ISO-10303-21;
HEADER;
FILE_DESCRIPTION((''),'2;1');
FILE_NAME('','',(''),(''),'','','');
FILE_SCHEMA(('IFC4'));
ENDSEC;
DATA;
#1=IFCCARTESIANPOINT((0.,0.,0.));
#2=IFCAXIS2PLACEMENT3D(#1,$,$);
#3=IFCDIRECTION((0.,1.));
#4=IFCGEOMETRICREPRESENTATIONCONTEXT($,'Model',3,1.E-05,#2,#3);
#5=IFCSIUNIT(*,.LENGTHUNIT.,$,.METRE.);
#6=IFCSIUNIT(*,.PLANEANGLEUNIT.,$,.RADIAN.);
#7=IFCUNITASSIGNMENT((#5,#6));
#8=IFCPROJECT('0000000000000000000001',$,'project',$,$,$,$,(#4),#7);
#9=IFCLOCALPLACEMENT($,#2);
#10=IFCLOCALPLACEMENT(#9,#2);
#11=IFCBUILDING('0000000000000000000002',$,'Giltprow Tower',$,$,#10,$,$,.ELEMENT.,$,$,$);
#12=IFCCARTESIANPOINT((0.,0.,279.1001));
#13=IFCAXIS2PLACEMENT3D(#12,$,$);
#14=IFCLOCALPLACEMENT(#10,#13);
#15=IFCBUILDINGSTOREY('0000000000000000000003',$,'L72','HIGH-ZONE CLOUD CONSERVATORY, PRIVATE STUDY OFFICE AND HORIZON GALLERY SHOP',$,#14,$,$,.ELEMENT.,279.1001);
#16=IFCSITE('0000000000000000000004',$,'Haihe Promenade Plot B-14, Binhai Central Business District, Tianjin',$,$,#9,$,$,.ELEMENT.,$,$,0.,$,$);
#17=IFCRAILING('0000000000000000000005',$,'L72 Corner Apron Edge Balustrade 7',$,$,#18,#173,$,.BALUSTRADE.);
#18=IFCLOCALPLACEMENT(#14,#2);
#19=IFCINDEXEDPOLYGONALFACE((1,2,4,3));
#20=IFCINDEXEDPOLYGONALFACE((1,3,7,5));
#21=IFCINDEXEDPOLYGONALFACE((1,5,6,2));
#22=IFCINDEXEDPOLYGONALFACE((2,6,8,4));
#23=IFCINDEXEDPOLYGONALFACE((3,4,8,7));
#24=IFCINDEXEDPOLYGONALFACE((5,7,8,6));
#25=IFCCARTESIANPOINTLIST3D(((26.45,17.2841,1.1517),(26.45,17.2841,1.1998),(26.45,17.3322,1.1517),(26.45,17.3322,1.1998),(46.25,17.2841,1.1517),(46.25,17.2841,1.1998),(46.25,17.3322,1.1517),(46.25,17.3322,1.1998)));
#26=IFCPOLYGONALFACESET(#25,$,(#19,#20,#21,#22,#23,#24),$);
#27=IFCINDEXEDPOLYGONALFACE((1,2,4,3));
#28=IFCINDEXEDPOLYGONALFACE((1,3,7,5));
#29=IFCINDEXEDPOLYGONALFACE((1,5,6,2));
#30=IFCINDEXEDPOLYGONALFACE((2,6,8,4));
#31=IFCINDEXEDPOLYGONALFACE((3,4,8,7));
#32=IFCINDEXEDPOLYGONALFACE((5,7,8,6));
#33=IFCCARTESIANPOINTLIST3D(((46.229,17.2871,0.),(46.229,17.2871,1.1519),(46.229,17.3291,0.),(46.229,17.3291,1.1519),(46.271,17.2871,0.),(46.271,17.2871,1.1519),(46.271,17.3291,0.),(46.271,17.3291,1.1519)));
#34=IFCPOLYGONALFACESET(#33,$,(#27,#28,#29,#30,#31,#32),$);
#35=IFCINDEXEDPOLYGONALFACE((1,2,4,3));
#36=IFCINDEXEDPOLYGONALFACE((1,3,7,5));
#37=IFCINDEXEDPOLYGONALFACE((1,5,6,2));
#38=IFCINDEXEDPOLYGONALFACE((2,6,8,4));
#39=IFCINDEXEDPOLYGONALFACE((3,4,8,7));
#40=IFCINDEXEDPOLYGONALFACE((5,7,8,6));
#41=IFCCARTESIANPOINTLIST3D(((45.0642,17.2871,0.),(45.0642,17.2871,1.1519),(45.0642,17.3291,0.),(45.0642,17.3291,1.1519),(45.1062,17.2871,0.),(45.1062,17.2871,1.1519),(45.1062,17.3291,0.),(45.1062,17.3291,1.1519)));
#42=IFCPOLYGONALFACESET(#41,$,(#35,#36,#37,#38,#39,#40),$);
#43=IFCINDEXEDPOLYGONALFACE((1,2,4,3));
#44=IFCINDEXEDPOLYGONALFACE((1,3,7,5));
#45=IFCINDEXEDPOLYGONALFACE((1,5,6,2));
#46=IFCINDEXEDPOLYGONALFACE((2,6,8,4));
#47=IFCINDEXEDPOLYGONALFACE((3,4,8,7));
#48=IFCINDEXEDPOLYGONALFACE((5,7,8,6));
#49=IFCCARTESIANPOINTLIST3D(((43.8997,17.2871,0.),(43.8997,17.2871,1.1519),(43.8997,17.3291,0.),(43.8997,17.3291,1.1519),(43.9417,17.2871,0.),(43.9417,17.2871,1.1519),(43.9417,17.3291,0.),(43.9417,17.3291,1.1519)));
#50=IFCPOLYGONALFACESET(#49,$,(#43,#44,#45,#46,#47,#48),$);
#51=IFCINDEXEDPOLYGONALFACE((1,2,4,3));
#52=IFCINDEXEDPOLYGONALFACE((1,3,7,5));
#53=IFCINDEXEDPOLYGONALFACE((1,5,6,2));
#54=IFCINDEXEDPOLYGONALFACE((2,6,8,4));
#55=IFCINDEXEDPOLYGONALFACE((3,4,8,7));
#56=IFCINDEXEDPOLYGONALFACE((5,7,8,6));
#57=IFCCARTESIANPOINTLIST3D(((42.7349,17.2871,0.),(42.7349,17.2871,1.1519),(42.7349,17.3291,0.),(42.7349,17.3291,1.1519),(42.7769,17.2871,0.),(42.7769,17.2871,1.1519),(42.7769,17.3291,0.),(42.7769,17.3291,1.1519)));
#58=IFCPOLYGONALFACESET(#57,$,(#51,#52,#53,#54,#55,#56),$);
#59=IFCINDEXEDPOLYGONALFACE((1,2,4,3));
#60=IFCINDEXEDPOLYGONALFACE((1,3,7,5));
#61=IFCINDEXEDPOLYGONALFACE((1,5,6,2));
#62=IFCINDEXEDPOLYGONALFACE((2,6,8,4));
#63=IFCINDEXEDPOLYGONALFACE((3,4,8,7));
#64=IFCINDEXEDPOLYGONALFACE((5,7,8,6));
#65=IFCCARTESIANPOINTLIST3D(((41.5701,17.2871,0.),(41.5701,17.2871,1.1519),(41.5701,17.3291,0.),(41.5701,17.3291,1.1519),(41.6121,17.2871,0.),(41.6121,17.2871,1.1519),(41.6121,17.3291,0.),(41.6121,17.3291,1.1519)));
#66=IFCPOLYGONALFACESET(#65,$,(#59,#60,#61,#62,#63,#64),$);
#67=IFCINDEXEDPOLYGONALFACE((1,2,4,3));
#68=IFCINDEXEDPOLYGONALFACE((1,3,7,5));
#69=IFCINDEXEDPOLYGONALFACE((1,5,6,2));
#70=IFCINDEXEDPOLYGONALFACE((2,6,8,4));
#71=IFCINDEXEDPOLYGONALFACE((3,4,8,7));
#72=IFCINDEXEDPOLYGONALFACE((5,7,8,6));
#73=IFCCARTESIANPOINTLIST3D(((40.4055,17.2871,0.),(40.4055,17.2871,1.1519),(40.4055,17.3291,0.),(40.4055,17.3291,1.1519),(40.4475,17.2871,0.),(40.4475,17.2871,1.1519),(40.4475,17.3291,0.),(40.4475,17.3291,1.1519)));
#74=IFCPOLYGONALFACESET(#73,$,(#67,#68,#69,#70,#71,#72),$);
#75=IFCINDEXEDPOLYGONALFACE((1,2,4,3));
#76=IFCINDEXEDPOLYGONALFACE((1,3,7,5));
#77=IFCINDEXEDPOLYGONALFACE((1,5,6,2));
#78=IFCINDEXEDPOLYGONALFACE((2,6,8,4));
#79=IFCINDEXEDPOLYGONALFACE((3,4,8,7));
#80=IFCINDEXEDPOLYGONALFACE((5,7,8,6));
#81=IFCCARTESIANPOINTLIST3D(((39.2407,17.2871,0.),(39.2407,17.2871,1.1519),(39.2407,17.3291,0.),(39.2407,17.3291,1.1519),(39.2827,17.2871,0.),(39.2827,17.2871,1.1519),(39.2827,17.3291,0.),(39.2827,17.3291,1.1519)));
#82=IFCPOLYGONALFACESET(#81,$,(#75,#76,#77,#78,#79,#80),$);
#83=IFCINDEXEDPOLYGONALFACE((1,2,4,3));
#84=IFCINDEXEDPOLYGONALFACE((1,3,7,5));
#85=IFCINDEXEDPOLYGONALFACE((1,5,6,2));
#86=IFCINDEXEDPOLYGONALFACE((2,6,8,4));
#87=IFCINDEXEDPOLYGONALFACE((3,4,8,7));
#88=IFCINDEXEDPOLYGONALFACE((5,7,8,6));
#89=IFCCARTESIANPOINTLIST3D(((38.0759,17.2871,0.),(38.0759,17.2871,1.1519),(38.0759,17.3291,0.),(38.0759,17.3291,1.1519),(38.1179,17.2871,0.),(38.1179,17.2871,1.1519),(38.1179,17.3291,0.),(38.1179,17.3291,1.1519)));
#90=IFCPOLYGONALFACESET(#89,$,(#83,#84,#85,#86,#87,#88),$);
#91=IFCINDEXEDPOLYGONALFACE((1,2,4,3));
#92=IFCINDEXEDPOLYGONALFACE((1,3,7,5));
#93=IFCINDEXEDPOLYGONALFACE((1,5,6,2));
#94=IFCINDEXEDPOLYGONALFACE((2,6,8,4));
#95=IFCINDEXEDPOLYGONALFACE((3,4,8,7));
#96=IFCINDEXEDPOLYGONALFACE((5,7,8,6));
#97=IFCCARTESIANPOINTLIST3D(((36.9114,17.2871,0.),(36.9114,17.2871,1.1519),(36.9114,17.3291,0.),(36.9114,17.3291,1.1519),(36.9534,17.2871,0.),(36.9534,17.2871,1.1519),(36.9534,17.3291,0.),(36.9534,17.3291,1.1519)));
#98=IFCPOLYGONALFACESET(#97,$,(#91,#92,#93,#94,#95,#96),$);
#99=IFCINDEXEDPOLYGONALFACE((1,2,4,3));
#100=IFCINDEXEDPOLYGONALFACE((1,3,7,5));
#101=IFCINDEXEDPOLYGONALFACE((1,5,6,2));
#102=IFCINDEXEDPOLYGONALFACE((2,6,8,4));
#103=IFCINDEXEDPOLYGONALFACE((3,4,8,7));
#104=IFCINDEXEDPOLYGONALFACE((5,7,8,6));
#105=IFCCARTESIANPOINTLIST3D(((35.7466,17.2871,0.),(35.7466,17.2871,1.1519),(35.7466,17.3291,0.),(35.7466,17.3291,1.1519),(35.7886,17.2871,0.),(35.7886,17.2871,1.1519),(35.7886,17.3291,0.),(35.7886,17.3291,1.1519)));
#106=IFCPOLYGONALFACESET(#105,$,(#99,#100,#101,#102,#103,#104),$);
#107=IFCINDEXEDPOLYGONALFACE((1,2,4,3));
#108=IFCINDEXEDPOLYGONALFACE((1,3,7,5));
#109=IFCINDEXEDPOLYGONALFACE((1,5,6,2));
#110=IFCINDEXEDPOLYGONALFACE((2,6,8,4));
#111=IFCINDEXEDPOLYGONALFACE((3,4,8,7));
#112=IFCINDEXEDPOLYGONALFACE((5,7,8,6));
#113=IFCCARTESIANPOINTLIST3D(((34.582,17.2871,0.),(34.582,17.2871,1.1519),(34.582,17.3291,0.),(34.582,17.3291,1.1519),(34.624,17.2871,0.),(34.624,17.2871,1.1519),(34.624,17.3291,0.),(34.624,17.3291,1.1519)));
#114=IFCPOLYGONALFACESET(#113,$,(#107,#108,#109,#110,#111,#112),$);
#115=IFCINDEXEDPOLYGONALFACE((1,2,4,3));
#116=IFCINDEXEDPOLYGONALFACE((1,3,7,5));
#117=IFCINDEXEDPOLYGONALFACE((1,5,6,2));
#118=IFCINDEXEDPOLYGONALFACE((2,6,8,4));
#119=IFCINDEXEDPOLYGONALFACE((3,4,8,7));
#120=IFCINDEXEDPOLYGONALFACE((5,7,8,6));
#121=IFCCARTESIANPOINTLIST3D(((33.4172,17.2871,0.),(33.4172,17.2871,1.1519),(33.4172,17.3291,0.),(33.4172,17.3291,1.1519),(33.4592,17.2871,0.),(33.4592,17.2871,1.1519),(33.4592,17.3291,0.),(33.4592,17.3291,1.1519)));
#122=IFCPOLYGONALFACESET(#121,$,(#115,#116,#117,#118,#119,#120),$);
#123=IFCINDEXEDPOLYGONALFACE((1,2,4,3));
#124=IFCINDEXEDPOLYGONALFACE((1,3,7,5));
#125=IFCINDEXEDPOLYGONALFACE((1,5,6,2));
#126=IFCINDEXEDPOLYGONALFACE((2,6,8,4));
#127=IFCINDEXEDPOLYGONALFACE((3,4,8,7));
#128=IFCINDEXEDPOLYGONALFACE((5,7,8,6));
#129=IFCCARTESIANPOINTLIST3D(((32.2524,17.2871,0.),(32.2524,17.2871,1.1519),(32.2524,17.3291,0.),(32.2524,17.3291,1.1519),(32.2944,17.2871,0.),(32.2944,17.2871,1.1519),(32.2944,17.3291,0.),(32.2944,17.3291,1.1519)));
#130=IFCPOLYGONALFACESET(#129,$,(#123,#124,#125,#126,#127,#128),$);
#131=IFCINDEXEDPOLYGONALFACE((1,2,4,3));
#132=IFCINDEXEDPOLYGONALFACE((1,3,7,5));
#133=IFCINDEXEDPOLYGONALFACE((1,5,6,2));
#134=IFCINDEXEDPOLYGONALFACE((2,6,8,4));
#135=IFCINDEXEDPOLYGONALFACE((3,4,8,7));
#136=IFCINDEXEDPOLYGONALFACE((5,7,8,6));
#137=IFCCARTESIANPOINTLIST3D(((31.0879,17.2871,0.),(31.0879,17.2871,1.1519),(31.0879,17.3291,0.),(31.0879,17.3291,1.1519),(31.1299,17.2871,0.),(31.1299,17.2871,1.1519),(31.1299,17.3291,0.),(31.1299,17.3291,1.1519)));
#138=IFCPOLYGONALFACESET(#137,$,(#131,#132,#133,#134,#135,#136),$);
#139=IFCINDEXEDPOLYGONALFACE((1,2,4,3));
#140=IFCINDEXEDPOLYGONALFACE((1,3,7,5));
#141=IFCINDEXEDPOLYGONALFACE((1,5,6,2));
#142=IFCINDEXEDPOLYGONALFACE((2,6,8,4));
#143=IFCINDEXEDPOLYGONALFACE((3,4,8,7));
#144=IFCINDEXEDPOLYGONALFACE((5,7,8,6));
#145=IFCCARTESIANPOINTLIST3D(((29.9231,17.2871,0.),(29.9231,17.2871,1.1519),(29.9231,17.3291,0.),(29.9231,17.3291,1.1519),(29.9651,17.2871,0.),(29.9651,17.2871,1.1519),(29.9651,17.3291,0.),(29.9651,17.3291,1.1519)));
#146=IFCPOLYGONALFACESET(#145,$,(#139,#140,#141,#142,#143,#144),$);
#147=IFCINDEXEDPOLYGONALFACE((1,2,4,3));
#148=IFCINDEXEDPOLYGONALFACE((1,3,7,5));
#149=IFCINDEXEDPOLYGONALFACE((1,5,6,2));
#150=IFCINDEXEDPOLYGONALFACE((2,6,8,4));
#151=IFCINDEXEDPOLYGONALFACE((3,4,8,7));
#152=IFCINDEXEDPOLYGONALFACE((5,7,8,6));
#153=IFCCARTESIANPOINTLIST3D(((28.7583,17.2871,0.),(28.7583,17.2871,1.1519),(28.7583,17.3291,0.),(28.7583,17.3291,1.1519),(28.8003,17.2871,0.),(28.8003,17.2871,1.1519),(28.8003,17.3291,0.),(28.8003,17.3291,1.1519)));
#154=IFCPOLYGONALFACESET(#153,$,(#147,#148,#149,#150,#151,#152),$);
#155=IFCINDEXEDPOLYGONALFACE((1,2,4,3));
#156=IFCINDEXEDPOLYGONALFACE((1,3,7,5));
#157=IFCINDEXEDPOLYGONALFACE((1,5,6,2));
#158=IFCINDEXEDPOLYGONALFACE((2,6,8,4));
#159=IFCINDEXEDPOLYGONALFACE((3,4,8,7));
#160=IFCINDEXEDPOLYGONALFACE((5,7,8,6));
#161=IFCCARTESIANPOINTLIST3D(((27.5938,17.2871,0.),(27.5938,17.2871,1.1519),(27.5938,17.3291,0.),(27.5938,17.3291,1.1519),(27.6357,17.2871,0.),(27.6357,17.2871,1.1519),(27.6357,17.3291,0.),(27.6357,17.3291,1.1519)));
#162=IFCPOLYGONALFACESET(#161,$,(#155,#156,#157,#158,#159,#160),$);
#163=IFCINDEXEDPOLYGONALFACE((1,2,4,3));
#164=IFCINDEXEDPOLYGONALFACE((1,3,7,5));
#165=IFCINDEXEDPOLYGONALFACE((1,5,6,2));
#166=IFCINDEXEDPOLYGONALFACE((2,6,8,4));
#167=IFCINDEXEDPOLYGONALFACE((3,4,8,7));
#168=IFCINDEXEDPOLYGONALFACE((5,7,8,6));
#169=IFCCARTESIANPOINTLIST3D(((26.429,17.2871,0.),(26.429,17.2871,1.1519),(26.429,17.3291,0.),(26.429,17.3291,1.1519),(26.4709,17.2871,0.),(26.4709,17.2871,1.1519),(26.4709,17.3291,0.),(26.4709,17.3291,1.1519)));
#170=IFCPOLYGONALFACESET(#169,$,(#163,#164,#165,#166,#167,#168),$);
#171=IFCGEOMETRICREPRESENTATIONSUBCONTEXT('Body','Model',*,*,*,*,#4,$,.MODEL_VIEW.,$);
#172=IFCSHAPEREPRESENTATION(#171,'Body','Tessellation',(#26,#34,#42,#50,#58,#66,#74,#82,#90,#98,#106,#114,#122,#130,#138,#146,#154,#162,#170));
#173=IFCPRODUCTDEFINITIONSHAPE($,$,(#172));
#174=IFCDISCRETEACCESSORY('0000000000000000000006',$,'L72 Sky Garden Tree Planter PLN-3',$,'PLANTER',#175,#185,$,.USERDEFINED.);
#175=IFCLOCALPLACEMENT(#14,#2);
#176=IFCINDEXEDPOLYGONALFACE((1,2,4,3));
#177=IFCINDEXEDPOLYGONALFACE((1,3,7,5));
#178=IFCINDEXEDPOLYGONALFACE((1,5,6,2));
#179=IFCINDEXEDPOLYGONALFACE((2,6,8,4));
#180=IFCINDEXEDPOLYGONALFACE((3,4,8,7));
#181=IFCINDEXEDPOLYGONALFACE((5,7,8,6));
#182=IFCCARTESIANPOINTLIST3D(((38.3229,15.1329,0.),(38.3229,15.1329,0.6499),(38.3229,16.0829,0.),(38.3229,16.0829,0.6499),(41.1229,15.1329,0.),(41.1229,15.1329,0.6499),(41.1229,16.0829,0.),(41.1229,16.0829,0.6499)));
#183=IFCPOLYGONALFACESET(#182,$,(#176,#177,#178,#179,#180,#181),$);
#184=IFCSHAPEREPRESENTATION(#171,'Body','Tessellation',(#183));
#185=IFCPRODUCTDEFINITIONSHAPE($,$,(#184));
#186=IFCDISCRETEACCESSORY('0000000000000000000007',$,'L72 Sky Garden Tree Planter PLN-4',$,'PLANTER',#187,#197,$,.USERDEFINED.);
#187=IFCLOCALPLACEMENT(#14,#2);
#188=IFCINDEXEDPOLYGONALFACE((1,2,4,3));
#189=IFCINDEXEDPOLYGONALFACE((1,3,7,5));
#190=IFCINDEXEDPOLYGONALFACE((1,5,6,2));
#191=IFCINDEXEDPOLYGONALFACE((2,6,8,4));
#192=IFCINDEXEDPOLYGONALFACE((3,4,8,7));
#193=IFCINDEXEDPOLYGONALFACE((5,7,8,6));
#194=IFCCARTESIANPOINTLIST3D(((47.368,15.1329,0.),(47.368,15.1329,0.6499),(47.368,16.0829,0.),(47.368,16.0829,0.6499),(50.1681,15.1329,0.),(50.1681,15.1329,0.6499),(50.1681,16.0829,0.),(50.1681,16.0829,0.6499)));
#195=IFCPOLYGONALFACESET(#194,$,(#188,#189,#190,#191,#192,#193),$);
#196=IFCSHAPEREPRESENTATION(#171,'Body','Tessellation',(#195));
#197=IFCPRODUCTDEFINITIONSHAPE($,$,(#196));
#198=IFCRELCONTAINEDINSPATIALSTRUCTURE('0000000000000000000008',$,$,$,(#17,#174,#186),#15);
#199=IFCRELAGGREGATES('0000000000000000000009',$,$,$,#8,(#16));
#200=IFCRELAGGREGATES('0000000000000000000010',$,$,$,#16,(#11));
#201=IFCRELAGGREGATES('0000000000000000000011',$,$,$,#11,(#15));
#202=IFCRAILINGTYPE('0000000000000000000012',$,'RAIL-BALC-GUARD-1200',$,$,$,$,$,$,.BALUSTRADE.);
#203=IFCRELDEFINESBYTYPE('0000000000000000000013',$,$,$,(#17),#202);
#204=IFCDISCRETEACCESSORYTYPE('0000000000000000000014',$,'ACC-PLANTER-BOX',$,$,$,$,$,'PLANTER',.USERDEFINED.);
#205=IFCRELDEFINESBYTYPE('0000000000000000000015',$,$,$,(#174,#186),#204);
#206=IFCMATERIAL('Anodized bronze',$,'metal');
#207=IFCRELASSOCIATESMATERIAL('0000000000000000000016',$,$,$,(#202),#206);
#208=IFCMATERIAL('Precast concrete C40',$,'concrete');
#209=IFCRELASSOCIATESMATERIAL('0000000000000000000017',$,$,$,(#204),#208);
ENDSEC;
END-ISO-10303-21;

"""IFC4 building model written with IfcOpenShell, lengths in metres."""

from ifc_helpers import new_model, si_unit, direction, frame, origin, origin_2d, place, context, subcontext, project, spatial, rectangle, extrude, source, transform, mapped, material, type_object, element, save


model = new_model("IFC4")

# Units and contexts
model_context = context("Model", 3, precision=1e-05, world=origin(), true_north=direction((0.0, 1.0)))
body_context = subcontext(model_context, "Body", "Model", "MODEL_VIEW")
ifc_project = project(units=[si_unit("LENGTHUNIT", "METRE"), si_unit("PLANEANGLEUNIT", "RADIAN")], contexts=[model_context])

# Site, building, storey
site_placement = place(None, origin())
site = spatial("IfcSite", under=ifc_project, at=site_placement, Name="Haihe Promenade Plot B-14, Binhai Central Business District, Tianjin", CompositionType="ELEMENT", RefElevation=0.0)
building_placement = place(site_placement, origin())
building = spatial("IfcBuilding", under=site, at=building_placement, Name="Giltprow Tower", CompositionType="ELEMENT")
storey_placement = place(building_placement, frame((0.0, 0.0, 279.1001)))
storey = spatial("IfcBuildingStorey", under=building, at=storey_placement, Name="L72", Description="HIGH-ZONE CLOUD CONSERVATORY, PRIVATE STUDY OFFICE AND HORIZON GALLERY SHOP", CompositionType="ELEMENT", Elevation=279.1001)

# Shared definitions
ifc_material_1 = material(Name="Precast concrete C40", Category="concrete")

# Railing
ifc_material_2 = material(Name="Anodized bronze", Category="metal")
railing_type = type_object("IfcRailingType", Name="RAIL-BALC-GUARD-1200", PredefinedType="BALUSTRADE", material=ifc_material_2)
railing_placement = place(storey_placement, frame((46.25, 17.3081, 0.0)))
element("IfcRailing", 1, at=railing_placement, inside=storey, type_object=railing_type, Name="L72 Corner Apron Edge Balustrade 7", PredefinedType="BALUSTRADE", context=body_context, shape_type="SweptSolid", body=[
    extrude(rectangle(XDim=0.0481, YDim=0.0481, at=origin_2d()), frame((0.0, 0.0, 1.1758), z_axis=(-1.0, 0.0, 0.0), x_axis=(0.0, -1.0, 0.0)), (0.0, 0.0, 1.0), 19.8),
    extrude(rectangle(XDim=0.042, YDim=0.042, at=origin_2d()), origin(), (0.0, 0.0, 1.0), 1.1519),
    extrude(rectangle(XDim=0.042, YDim=0.042, at=origin_2d()), frame((-1.1648, 0.0, 0.0)), (0.0, 0.0, 1.0), 1.1519),
    extrude(rectangle(XDim=0.042, YDim=0.042, at=origin_2d()), frame((-2.3293, 0.0, 0.0)), (0.0, 0.0, 1.0), 1.1519),
    extrude(rectangle(XDim=0.042, YDim=0.042, at=origin_2d()), frame((-3.4941, 0.0, 0.0)), (0.0, 0.0, 1.0), 1.1519),
    extrude(rectangle(XDim=0.042, YDim=0.042, at=origin_2d()), frame((-4.6589, 0.0, 0.0)), (0.0, 0.0, 1.0), 1.1519),
    extrude(rectangle(XDim=0.042, YDim=0.042, at=origin_2d()), frame((-5.8235, 0.0, 0.0)), (0.0, 0.0, 1.0), 1.1519),
    extrude(rectangle(XDim=0.042, YDim=0.042, at=origin_2d()), frame((-6.9883, 0.0, 0.0)), (0.0, 0.0, 1.0), 1.1519),
    extrude(rectangle(XDim=0.042, YDim=0.042, at=origin_2d()), frame((-8.1531, 0.0, 0.0)), (0.0, 0.0, 1.0), 1.1519),
    extrude(rectangle(XDim=0.042, YDim=0.042, at=origin_2d()), frame((-9.3176, 0.0, 0.0)), (0.0, 0.0, 1.0), 1.1519),
    extrude(rectangle(XDim=0.042, YDim=0.042, at=origin_2d()), frame((-10.4824, 0.0, 0.0)), (0.0, 0.0, 1.0), 1.1519),
    extrude(rectangle(XDim=0.042, YDim=0.042, at=origin_2d()), frame((-11.647, 0.0, 0.0)), (0.0, 0.0, 1.0), 1.1519),
    extrude(rectangle(XDim=0.042, YDim=0.042, at=origin_2d()), frame((-12.8118, 0.0, 0.0)), (0.0, 0.0, 1.0), 1.1519),
    extrude(rectangle(XDim=0.042, YDim=0.042, at=origin_2d()), frame((-13.9766, 0.0, 0.0)), (0.0, 0.0, 1.0), 1.1519),
    extrude(rectangle(XDim=0.042, YDim=0.042, at=origin_2d()), frame((-15.1411, 0.0, 0.0)), (0.0, 0.0, 1.0), 1.1519),
    extrude(rectangle(XDim=0.042, YDim=0.042, at=origin_2d()), frame((-16.3059, 0.0, 0.0)), (0.0, 0.0, 1.0), 1.1519),
    extrude(rectangle(XDim=0.042, YDim=0.042, at=origin_2d()), frame((-17.4707, 0.0, 0.0)), (0.0, 0.0, 1.0), 1.1519),
    extrude(rectangle(XDim=0.042, YDim=0.042, at=origin_2d()), frame((-18.6353, 0.0, 0.0)), (0.0, 0.0, 1.0), 1.1519),
    extrude(rectangle(XDim=0.042, YDim=0.042, at=origin_2d()), frame((-19.8, 0.0, 0.0)), (0.0, 0.0, 1.0), 1.1519),
])

# Discrete accessories
discrete_accessory_type = type_object("IfcDiscreteAccessoryType", Name="ACC-PLANTER-BOX", ElementType="PLANTER", PredefinedType="USERDEFINED", material=ifc_material_1)
shared_shape_1 = source(origin(), body_context, "Body", "SweptSolid", [
    extrude(rectangle(XDim=2.8, YDim=0.95, at=origin_2d()), origin(), (0.0, 0.0, 1.0), 0.6499),
])
for number, where, z_axis, x_axis, name in (
    (2, (39.7229, 15.6079, 0.0), (0.0, 0.0, 1.0), (1.0, 0.0, 0.0), "L72 Sky Garden Tree Planter PLN-3"),
    (3, (48.7681, 15.6079, 0.0), (0.0, 0.0, 1.0), (1.0, 0.0, 0.0), "L72 Sky Garden Tree Planter PLN-4"),
):
    element("IfcDiscreteAccessory", number, at=place(storey_placement, frame(where, z_axis=z_axis, x_axis=x_axis)), inside=storey, type_object=discrete_accessory_type, Name=name, ObjectType="PLANTER", PredefinedType="USERDEFINED", context=body_context, shape_type="MappedRepresentation", body=[
        mapped(shared_shape_1, transform((0.0, 0.0, 0.0), x_axis=(1.0, 0.0, 0.0), y_axis=(0.0, 1.0, 0.0), z_axis=(0.0, 0.0, 1.0), scale=1.0)),
    ])

save(model, "model.ifc")
